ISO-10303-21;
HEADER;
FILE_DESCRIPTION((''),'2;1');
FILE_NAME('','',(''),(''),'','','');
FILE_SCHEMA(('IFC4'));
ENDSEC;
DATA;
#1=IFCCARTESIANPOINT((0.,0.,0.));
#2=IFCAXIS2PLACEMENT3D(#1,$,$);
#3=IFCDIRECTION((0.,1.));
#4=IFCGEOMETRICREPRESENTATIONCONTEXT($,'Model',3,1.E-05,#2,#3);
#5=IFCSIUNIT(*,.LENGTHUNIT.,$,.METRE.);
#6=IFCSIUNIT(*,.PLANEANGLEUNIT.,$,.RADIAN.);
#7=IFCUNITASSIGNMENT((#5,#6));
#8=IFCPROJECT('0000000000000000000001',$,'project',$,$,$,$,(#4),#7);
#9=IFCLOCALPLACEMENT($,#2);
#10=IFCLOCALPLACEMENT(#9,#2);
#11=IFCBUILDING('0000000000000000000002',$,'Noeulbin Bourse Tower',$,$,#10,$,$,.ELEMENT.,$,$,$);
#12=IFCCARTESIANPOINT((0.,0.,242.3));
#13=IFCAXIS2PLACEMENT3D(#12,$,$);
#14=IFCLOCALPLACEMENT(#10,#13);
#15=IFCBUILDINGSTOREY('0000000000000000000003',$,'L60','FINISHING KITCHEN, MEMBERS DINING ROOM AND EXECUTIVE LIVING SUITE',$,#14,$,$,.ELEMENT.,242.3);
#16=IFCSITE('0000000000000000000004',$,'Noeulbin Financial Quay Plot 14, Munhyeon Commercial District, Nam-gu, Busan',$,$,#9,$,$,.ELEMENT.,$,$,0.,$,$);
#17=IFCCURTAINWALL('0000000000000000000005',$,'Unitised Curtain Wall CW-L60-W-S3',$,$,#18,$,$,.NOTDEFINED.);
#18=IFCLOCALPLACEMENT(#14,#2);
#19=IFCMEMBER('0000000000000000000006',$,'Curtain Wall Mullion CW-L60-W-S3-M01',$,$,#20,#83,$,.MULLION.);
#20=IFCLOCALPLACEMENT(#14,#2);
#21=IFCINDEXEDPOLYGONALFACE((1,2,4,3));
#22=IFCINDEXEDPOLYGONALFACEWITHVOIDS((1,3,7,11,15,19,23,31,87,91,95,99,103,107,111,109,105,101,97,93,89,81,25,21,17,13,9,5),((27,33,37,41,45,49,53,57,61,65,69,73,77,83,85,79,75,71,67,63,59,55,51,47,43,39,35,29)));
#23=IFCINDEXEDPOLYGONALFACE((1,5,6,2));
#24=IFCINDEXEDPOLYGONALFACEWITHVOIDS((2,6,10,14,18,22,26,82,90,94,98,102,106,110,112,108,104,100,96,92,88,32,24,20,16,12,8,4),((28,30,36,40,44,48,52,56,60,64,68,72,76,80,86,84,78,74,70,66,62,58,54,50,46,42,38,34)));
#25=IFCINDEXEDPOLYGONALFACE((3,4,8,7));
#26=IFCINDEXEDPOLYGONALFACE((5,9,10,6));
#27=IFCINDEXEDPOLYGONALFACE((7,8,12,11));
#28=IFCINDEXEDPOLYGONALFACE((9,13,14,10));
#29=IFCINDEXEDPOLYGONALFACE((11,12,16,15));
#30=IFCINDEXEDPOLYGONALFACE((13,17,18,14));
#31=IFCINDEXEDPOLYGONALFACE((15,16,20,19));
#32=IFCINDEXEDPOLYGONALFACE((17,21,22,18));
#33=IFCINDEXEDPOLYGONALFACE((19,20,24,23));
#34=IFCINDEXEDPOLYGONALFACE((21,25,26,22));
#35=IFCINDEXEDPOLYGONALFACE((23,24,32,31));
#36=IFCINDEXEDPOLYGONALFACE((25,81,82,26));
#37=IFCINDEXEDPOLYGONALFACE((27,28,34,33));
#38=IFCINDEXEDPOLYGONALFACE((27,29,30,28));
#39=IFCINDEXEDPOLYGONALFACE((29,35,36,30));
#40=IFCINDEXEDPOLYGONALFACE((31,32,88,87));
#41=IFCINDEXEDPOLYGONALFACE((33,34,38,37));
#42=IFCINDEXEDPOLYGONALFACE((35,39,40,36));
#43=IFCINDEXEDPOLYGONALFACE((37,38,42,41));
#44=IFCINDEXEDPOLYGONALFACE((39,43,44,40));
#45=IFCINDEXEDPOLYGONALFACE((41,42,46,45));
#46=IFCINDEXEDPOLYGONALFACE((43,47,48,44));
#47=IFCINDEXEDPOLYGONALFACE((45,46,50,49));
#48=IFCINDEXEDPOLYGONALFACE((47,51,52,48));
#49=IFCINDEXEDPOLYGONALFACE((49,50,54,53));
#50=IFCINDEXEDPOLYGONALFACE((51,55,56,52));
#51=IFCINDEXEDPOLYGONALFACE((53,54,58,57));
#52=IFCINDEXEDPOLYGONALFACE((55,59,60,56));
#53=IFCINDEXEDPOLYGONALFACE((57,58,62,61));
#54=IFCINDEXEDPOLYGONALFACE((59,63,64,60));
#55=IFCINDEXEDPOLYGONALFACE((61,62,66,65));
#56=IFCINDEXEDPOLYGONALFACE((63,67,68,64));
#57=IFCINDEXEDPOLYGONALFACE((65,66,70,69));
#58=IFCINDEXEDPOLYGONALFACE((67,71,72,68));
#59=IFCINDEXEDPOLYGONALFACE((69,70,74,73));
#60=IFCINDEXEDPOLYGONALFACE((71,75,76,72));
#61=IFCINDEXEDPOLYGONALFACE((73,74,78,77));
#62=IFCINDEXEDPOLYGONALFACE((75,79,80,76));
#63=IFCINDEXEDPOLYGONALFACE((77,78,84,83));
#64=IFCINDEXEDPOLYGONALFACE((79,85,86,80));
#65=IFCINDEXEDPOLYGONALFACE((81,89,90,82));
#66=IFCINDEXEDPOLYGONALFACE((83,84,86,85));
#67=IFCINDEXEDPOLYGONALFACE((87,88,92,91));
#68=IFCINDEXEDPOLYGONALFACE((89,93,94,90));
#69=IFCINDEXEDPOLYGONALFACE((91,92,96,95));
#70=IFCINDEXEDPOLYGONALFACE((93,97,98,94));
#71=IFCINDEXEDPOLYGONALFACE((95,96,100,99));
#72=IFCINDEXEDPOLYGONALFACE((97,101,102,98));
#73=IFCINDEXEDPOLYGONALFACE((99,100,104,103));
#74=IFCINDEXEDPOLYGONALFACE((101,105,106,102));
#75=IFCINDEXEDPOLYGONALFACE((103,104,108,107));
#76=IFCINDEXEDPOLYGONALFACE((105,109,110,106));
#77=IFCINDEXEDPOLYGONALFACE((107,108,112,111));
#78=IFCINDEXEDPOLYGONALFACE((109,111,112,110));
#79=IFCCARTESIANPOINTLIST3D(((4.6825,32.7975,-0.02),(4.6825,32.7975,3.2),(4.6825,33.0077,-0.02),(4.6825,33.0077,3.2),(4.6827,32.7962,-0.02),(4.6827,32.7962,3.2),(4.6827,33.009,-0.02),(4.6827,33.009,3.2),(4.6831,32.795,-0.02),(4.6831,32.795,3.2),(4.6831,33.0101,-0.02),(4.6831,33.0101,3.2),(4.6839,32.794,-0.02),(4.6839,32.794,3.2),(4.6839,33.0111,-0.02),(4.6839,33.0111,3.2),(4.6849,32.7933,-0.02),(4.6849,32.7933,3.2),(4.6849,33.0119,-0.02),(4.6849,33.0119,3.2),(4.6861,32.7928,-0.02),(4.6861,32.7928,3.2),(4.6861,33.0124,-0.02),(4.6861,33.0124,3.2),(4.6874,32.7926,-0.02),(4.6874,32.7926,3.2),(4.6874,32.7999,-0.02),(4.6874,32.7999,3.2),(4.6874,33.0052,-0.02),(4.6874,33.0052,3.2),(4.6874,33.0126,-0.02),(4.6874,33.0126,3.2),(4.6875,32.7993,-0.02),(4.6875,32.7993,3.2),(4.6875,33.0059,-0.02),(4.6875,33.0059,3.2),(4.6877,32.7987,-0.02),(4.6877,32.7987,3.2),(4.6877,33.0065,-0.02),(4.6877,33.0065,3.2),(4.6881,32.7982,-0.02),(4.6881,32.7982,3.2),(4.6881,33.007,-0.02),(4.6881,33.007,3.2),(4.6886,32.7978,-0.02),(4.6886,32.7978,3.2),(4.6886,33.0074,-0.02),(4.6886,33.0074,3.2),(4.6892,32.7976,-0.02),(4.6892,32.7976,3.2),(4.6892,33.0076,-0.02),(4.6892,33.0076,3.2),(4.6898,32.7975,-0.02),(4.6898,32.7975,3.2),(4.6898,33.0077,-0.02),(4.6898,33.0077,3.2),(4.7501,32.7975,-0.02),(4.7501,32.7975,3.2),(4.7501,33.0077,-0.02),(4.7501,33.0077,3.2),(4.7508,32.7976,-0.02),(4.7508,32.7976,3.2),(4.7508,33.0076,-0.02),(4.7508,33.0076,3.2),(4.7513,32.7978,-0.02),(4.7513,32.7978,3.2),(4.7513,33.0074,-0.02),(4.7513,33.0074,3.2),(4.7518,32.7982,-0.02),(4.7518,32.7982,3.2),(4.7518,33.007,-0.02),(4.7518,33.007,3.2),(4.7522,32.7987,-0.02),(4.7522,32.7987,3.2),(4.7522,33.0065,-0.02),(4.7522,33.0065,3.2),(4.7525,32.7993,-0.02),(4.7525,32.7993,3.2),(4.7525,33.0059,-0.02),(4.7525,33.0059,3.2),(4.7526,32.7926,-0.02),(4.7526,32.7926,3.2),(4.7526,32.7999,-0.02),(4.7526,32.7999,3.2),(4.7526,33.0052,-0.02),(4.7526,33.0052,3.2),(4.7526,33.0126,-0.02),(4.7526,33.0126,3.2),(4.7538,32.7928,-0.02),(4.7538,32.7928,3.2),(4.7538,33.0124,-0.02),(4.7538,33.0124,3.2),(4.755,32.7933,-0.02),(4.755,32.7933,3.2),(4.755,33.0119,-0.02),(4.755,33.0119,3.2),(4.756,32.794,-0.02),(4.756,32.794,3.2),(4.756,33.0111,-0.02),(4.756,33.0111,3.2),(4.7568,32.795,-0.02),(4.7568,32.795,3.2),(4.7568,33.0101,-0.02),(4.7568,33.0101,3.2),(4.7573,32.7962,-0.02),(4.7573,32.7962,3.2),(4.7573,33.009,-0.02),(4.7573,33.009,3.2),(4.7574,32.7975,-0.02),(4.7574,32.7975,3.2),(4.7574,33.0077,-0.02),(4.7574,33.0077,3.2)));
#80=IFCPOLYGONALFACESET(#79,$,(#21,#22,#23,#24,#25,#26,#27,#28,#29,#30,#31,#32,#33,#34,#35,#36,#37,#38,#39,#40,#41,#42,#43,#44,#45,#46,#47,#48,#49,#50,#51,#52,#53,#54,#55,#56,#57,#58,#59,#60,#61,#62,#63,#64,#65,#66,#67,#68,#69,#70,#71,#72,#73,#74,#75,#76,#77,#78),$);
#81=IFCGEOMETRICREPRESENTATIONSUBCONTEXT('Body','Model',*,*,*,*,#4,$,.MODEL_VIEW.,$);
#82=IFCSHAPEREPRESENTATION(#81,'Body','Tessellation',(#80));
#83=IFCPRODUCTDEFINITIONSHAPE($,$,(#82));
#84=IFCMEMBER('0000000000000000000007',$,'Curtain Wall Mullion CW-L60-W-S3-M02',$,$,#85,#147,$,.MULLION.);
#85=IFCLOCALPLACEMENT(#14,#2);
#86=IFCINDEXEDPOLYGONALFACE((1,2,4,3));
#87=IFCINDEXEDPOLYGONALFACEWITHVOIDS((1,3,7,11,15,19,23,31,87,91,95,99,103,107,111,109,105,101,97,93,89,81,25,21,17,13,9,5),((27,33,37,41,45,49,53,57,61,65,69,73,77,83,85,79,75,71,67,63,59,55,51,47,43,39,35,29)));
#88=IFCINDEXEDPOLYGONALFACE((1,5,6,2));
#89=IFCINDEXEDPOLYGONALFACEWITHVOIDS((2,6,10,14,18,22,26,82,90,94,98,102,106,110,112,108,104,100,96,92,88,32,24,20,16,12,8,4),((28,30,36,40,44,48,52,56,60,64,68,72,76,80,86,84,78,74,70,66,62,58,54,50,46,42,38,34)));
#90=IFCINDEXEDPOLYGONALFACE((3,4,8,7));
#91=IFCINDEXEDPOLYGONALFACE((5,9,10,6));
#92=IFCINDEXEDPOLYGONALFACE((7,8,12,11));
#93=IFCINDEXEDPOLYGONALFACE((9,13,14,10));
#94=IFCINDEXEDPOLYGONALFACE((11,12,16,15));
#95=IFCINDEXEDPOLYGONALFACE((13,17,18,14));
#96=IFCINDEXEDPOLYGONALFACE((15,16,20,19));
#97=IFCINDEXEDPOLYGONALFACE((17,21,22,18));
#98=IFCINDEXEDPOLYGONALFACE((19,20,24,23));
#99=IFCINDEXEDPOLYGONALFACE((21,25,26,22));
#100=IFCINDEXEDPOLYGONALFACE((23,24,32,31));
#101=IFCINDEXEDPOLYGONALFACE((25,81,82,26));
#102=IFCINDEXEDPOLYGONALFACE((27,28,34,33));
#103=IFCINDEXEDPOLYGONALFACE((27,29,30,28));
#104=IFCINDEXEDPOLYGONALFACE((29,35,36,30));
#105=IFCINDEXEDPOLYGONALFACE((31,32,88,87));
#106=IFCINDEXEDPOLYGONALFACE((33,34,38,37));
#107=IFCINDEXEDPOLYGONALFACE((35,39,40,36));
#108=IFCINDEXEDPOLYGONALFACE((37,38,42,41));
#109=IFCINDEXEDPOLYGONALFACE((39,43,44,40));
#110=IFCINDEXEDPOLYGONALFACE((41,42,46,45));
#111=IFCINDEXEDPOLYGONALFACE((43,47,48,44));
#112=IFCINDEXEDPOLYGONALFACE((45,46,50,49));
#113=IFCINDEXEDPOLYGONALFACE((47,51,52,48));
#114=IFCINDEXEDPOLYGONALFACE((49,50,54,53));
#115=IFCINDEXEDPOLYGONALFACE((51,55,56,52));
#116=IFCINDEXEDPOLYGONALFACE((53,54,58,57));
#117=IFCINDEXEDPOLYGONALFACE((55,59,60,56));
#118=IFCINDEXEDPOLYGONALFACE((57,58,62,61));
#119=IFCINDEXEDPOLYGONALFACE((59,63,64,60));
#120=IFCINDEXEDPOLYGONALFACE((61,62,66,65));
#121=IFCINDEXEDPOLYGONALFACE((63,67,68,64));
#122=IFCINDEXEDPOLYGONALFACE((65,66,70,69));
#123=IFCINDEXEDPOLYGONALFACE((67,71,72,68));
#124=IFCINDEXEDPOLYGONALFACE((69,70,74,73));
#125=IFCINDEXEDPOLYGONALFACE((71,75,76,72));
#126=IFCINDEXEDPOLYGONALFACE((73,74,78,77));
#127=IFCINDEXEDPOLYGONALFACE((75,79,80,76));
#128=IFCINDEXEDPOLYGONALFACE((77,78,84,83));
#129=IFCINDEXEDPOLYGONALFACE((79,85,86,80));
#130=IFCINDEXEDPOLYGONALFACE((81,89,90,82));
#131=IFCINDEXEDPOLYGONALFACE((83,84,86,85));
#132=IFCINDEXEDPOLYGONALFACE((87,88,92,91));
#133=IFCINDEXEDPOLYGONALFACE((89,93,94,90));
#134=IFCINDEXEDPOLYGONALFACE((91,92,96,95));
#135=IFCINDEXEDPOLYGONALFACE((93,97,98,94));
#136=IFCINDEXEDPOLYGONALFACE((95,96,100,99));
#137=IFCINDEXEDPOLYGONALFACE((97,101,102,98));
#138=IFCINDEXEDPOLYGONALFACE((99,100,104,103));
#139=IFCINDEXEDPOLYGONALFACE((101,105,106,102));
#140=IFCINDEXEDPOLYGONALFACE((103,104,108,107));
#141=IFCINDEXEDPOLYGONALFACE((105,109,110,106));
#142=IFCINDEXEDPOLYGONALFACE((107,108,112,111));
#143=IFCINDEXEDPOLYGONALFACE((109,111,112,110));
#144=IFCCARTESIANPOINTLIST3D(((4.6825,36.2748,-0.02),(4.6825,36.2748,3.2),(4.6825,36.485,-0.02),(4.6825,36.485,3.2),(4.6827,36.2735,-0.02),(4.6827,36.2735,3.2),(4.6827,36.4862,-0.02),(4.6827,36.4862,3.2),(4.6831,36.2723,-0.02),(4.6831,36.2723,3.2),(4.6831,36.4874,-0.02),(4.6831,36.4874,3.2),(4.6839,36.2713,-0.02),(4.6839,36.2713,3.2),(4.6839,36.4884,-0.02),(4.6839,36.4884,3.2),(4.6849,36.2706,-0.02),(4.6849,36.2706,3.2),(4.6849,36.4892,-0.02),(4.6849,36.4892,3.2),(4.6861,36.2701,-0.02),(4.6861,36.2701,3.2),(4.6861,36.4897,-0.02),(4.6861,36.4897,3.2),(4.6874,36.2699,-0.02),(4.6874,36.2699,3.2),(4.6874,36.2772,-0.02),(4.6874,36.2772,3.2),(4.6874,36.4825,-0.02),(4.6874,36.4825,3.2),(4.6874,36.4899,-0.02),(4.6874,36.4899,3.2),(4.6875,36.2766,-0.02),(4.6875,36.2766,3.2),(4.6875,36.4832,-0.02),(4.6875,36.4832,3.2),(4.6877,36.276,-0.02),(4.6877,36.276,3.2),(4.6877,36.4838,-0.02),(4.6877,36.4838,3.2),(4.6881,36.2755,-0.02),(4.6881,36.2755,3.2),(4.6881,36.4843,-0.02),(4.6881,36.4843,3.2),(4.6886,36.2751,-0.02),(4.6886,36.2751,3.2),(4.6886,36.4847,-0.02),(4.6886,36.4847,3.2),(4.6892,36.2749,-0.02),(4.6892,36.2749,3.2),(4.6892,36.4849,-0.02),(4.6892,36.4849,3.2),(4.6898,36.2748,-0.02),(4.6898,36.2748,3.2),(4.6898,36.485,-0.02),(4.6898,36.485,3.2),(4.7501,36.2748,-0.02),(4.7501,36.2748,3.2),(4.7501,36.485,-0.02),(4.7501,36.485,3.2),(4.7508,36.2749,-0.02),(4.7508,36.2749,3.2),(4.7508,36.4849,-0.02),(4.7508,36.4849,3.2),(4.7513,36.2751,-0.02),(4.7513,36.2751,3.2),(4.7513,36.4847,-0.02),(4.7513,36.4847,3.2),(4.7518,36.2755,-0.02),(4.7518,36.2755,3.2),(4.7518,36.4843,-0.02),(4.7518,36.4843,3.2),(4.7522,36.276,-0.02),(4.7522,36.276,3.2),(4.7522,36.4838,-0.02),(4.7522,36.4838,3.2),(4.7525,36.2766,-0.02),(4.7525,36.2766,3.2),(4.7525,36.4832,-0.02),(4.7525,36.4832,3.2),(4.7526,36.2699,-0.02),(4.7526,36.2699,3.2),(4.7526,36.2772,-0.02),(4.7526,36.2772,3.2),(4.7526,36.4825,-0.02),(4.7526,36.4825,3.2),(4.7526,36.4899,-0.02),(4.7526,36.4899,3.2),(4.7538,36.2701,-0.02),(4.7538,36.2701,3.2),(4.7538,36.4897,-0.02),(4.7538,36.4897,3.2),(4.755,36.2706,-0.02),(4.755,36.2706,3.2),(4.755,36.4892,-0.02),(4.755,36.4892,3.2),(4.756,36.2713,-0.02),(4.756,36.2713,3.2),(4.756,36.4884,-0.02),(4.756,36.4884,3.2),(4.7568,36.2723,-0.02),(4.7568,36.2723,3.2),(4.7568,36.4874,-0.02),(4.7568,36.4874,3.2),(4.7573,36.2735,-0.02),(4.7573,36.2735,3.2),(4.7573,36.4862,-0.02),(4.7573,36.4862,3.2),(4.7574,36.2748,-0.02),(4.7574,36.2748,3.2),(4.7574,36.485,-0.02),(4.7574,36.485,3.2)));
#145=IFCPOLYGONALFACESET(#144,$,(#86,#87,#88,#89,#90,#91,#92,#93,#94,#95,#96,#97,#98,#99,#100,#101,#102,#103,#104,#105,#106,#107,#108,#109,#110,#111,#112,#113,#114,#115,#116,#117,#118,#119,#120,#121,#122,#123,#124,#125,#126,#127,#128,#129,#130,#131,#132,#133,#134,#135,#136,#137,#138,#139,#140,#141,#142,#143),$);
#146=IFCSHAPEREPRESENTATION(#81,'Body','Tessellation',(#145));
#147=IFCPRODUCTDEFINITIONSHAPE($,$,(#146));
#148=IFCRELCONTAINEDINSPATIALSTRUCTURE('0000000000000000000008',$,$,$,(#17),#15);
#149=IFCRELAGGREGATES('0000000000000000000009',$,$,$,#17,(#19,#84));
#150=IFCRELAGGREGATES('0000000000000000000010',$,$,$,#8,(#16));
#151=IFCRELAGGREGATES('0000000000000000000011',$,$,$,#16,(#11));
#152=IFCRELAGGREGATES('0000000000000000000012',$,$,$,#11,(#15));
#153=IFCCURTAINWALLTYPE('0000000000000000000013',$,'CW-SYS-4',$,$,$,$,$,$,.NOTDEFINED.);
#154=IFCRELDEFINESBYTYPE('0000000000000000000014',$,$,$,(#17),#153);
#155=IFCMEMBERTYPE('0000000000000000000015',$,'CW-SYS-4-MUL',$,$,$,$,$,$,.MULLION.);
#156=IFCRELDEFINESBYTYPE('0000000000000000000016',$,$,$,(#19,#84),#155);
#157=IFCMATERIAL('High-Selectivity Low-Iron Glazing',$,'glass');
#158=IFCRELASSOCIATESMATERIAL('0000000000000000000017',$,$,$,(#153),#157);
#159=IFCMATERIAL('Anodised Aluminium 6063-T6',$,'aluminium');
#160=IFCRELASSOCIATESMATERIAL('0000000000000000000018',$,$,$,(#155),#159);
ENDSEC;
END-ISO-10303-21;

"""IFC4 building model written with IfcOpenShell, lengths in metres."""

from ifc_helpers import new_model, si_unit, direction, frame, origin, origin_2d, place, context, subcontext, project, spatial, hollow_rectangle, extrude, material, material_profile, profile_set, type_object, element, aggregate, save


model = new_model("IFC4")

# Units and contexts
model_context = context("Model", 3, precision=1e-05, world=origin(), true_north=direction((0.0, 1.0)))
body_context = subcontext(model_context, "Body", "Model", "MODEL_VIEW")
ifc_project = project(units=[si_unit("LENGTHUNIT", "METRE"), si_unit("PLANEANGLEUNIT", "RADIAN")], contexts=[model_context])

# Site, building, storey
site_placement = place(None, origin())
site = spatial("IfcSite", under=ifc_project, at=site_placement, Name="Noeulbin Financial Quay Plot 14, Munhyeon Commercial District, Nam-gu, Busan", CompositionType="ELEMENT", RefElevation=0.0)
building_placement = place(site_placement, origin())
building = spatial("IfcBuilding", under=site, at=building_placement, Name="Noeulbin Bourse Tower", CompositionType="ELEMENT")
storey_placement = place(building_placement, frame((0.0, 0.0, 242.3)))
storey = spatial("IfcBuildingStorey", under=building, at=storey_placement, Name="L60", Description="FINISHING KITCHEN, MEMBERS DINING ROOM AND EXECUTIVE LIVING SUITE", CompositionType="ELEMENT", Elevation=242.3)

# Shared definitions
ifc_material_1 = material(Name="High-Selectivity Low-Iron Glazing", Category="glass")
curtain_wall_type = type_object("IfcCurtainWallType", Name="CW-SYS-4", PredefinedType="NOTDEFINED", material=ifc_material_1)
ifc_material_2 = material(Name="Anodised Aluminium 6063-T6", Category="aluminium")
ifc_material_profile_1 = material_profile(ifc_material_2, hollow_rectangle(XDim=0.075, YDim=0.22, WallThickness=0.0049, InnerFilletRadius=0.0024, OuterFilletRadius=0.0049, at=origin_2d()), Name="ALU-MULL-75x220x5", Category="LoadBearing")
ifc_profile_set_1 = profile_set([ifc_material_profile_1], Name="Anodised Aluminium 6063-T6")
member_type_1 = type_object("IfcMemberType", Name="CW-SYS-4-MUL", PredefinedType="MULLION", material=ifc_profile_set_1)

# Curtain wall, members
curtain_wall_1_placement = place(storey_placement, origin())
curtain_wall_1 = element("IfcCurtainWall", 1, at=curtain_wall_1_placement, inside=storey, type_object=curtain_wall_type, Name="Unitised Curtain Wall CW-L60-W-S3", PredefinedType="NOTDEFINED")
member_1_placement = place(storey_placement, frame((4.72, 32.9026, -0.02), z_axis=(0.0, 0.0, 1.0), x_axis=(1.0, 0.0, 0.0)))
member_1 = element("IfcMember", 2, at=member_1_placement, type_object=member_type_1, Name="Curtain Wall Mullion CW-L60-W-S3-M01", PredefinedType="MULLION", context=body_context, shape_type="SweptSolid", body=[
    extrude(hollow_rectangle(XDim=0.075, YDim=0.22, WallThickness=0.0049, InnerFilletRadius=0.0024, OuterFilletRadius=0.0049, at=origin_2d()), origin(), (0.0, 0.0, 1.0), 3.22),
])
member_2_placement = place(storey_placement, frame((4.72, 36.3799, -0.02), z_axis=(0.0, 0.0, 1.0), x_axis=(1.0, 0.0, 0.0)))
member_2 = element("IfcMember", 3, at=member_2_placement, type_object=member_type_1, Name="Curtain Wall Mullion CW-L60-W-S3-M02", PredefinedType="MULLION", context=body_context, shape_type="SweptSolid", body=[
    extrude(hollow_rectangle(XDim=0.075, YDim=0.22, WallThickness=0.0049, InnerFilletRadius=0.0024, OuterFilletRadius=0.0049, at=origin_2d()), origin(), (0.0, 0.0, 1.0), 3.22),
])

aggregate(curtain_wall_1, [member_1, member_2])

save(model, "model.ifc")
